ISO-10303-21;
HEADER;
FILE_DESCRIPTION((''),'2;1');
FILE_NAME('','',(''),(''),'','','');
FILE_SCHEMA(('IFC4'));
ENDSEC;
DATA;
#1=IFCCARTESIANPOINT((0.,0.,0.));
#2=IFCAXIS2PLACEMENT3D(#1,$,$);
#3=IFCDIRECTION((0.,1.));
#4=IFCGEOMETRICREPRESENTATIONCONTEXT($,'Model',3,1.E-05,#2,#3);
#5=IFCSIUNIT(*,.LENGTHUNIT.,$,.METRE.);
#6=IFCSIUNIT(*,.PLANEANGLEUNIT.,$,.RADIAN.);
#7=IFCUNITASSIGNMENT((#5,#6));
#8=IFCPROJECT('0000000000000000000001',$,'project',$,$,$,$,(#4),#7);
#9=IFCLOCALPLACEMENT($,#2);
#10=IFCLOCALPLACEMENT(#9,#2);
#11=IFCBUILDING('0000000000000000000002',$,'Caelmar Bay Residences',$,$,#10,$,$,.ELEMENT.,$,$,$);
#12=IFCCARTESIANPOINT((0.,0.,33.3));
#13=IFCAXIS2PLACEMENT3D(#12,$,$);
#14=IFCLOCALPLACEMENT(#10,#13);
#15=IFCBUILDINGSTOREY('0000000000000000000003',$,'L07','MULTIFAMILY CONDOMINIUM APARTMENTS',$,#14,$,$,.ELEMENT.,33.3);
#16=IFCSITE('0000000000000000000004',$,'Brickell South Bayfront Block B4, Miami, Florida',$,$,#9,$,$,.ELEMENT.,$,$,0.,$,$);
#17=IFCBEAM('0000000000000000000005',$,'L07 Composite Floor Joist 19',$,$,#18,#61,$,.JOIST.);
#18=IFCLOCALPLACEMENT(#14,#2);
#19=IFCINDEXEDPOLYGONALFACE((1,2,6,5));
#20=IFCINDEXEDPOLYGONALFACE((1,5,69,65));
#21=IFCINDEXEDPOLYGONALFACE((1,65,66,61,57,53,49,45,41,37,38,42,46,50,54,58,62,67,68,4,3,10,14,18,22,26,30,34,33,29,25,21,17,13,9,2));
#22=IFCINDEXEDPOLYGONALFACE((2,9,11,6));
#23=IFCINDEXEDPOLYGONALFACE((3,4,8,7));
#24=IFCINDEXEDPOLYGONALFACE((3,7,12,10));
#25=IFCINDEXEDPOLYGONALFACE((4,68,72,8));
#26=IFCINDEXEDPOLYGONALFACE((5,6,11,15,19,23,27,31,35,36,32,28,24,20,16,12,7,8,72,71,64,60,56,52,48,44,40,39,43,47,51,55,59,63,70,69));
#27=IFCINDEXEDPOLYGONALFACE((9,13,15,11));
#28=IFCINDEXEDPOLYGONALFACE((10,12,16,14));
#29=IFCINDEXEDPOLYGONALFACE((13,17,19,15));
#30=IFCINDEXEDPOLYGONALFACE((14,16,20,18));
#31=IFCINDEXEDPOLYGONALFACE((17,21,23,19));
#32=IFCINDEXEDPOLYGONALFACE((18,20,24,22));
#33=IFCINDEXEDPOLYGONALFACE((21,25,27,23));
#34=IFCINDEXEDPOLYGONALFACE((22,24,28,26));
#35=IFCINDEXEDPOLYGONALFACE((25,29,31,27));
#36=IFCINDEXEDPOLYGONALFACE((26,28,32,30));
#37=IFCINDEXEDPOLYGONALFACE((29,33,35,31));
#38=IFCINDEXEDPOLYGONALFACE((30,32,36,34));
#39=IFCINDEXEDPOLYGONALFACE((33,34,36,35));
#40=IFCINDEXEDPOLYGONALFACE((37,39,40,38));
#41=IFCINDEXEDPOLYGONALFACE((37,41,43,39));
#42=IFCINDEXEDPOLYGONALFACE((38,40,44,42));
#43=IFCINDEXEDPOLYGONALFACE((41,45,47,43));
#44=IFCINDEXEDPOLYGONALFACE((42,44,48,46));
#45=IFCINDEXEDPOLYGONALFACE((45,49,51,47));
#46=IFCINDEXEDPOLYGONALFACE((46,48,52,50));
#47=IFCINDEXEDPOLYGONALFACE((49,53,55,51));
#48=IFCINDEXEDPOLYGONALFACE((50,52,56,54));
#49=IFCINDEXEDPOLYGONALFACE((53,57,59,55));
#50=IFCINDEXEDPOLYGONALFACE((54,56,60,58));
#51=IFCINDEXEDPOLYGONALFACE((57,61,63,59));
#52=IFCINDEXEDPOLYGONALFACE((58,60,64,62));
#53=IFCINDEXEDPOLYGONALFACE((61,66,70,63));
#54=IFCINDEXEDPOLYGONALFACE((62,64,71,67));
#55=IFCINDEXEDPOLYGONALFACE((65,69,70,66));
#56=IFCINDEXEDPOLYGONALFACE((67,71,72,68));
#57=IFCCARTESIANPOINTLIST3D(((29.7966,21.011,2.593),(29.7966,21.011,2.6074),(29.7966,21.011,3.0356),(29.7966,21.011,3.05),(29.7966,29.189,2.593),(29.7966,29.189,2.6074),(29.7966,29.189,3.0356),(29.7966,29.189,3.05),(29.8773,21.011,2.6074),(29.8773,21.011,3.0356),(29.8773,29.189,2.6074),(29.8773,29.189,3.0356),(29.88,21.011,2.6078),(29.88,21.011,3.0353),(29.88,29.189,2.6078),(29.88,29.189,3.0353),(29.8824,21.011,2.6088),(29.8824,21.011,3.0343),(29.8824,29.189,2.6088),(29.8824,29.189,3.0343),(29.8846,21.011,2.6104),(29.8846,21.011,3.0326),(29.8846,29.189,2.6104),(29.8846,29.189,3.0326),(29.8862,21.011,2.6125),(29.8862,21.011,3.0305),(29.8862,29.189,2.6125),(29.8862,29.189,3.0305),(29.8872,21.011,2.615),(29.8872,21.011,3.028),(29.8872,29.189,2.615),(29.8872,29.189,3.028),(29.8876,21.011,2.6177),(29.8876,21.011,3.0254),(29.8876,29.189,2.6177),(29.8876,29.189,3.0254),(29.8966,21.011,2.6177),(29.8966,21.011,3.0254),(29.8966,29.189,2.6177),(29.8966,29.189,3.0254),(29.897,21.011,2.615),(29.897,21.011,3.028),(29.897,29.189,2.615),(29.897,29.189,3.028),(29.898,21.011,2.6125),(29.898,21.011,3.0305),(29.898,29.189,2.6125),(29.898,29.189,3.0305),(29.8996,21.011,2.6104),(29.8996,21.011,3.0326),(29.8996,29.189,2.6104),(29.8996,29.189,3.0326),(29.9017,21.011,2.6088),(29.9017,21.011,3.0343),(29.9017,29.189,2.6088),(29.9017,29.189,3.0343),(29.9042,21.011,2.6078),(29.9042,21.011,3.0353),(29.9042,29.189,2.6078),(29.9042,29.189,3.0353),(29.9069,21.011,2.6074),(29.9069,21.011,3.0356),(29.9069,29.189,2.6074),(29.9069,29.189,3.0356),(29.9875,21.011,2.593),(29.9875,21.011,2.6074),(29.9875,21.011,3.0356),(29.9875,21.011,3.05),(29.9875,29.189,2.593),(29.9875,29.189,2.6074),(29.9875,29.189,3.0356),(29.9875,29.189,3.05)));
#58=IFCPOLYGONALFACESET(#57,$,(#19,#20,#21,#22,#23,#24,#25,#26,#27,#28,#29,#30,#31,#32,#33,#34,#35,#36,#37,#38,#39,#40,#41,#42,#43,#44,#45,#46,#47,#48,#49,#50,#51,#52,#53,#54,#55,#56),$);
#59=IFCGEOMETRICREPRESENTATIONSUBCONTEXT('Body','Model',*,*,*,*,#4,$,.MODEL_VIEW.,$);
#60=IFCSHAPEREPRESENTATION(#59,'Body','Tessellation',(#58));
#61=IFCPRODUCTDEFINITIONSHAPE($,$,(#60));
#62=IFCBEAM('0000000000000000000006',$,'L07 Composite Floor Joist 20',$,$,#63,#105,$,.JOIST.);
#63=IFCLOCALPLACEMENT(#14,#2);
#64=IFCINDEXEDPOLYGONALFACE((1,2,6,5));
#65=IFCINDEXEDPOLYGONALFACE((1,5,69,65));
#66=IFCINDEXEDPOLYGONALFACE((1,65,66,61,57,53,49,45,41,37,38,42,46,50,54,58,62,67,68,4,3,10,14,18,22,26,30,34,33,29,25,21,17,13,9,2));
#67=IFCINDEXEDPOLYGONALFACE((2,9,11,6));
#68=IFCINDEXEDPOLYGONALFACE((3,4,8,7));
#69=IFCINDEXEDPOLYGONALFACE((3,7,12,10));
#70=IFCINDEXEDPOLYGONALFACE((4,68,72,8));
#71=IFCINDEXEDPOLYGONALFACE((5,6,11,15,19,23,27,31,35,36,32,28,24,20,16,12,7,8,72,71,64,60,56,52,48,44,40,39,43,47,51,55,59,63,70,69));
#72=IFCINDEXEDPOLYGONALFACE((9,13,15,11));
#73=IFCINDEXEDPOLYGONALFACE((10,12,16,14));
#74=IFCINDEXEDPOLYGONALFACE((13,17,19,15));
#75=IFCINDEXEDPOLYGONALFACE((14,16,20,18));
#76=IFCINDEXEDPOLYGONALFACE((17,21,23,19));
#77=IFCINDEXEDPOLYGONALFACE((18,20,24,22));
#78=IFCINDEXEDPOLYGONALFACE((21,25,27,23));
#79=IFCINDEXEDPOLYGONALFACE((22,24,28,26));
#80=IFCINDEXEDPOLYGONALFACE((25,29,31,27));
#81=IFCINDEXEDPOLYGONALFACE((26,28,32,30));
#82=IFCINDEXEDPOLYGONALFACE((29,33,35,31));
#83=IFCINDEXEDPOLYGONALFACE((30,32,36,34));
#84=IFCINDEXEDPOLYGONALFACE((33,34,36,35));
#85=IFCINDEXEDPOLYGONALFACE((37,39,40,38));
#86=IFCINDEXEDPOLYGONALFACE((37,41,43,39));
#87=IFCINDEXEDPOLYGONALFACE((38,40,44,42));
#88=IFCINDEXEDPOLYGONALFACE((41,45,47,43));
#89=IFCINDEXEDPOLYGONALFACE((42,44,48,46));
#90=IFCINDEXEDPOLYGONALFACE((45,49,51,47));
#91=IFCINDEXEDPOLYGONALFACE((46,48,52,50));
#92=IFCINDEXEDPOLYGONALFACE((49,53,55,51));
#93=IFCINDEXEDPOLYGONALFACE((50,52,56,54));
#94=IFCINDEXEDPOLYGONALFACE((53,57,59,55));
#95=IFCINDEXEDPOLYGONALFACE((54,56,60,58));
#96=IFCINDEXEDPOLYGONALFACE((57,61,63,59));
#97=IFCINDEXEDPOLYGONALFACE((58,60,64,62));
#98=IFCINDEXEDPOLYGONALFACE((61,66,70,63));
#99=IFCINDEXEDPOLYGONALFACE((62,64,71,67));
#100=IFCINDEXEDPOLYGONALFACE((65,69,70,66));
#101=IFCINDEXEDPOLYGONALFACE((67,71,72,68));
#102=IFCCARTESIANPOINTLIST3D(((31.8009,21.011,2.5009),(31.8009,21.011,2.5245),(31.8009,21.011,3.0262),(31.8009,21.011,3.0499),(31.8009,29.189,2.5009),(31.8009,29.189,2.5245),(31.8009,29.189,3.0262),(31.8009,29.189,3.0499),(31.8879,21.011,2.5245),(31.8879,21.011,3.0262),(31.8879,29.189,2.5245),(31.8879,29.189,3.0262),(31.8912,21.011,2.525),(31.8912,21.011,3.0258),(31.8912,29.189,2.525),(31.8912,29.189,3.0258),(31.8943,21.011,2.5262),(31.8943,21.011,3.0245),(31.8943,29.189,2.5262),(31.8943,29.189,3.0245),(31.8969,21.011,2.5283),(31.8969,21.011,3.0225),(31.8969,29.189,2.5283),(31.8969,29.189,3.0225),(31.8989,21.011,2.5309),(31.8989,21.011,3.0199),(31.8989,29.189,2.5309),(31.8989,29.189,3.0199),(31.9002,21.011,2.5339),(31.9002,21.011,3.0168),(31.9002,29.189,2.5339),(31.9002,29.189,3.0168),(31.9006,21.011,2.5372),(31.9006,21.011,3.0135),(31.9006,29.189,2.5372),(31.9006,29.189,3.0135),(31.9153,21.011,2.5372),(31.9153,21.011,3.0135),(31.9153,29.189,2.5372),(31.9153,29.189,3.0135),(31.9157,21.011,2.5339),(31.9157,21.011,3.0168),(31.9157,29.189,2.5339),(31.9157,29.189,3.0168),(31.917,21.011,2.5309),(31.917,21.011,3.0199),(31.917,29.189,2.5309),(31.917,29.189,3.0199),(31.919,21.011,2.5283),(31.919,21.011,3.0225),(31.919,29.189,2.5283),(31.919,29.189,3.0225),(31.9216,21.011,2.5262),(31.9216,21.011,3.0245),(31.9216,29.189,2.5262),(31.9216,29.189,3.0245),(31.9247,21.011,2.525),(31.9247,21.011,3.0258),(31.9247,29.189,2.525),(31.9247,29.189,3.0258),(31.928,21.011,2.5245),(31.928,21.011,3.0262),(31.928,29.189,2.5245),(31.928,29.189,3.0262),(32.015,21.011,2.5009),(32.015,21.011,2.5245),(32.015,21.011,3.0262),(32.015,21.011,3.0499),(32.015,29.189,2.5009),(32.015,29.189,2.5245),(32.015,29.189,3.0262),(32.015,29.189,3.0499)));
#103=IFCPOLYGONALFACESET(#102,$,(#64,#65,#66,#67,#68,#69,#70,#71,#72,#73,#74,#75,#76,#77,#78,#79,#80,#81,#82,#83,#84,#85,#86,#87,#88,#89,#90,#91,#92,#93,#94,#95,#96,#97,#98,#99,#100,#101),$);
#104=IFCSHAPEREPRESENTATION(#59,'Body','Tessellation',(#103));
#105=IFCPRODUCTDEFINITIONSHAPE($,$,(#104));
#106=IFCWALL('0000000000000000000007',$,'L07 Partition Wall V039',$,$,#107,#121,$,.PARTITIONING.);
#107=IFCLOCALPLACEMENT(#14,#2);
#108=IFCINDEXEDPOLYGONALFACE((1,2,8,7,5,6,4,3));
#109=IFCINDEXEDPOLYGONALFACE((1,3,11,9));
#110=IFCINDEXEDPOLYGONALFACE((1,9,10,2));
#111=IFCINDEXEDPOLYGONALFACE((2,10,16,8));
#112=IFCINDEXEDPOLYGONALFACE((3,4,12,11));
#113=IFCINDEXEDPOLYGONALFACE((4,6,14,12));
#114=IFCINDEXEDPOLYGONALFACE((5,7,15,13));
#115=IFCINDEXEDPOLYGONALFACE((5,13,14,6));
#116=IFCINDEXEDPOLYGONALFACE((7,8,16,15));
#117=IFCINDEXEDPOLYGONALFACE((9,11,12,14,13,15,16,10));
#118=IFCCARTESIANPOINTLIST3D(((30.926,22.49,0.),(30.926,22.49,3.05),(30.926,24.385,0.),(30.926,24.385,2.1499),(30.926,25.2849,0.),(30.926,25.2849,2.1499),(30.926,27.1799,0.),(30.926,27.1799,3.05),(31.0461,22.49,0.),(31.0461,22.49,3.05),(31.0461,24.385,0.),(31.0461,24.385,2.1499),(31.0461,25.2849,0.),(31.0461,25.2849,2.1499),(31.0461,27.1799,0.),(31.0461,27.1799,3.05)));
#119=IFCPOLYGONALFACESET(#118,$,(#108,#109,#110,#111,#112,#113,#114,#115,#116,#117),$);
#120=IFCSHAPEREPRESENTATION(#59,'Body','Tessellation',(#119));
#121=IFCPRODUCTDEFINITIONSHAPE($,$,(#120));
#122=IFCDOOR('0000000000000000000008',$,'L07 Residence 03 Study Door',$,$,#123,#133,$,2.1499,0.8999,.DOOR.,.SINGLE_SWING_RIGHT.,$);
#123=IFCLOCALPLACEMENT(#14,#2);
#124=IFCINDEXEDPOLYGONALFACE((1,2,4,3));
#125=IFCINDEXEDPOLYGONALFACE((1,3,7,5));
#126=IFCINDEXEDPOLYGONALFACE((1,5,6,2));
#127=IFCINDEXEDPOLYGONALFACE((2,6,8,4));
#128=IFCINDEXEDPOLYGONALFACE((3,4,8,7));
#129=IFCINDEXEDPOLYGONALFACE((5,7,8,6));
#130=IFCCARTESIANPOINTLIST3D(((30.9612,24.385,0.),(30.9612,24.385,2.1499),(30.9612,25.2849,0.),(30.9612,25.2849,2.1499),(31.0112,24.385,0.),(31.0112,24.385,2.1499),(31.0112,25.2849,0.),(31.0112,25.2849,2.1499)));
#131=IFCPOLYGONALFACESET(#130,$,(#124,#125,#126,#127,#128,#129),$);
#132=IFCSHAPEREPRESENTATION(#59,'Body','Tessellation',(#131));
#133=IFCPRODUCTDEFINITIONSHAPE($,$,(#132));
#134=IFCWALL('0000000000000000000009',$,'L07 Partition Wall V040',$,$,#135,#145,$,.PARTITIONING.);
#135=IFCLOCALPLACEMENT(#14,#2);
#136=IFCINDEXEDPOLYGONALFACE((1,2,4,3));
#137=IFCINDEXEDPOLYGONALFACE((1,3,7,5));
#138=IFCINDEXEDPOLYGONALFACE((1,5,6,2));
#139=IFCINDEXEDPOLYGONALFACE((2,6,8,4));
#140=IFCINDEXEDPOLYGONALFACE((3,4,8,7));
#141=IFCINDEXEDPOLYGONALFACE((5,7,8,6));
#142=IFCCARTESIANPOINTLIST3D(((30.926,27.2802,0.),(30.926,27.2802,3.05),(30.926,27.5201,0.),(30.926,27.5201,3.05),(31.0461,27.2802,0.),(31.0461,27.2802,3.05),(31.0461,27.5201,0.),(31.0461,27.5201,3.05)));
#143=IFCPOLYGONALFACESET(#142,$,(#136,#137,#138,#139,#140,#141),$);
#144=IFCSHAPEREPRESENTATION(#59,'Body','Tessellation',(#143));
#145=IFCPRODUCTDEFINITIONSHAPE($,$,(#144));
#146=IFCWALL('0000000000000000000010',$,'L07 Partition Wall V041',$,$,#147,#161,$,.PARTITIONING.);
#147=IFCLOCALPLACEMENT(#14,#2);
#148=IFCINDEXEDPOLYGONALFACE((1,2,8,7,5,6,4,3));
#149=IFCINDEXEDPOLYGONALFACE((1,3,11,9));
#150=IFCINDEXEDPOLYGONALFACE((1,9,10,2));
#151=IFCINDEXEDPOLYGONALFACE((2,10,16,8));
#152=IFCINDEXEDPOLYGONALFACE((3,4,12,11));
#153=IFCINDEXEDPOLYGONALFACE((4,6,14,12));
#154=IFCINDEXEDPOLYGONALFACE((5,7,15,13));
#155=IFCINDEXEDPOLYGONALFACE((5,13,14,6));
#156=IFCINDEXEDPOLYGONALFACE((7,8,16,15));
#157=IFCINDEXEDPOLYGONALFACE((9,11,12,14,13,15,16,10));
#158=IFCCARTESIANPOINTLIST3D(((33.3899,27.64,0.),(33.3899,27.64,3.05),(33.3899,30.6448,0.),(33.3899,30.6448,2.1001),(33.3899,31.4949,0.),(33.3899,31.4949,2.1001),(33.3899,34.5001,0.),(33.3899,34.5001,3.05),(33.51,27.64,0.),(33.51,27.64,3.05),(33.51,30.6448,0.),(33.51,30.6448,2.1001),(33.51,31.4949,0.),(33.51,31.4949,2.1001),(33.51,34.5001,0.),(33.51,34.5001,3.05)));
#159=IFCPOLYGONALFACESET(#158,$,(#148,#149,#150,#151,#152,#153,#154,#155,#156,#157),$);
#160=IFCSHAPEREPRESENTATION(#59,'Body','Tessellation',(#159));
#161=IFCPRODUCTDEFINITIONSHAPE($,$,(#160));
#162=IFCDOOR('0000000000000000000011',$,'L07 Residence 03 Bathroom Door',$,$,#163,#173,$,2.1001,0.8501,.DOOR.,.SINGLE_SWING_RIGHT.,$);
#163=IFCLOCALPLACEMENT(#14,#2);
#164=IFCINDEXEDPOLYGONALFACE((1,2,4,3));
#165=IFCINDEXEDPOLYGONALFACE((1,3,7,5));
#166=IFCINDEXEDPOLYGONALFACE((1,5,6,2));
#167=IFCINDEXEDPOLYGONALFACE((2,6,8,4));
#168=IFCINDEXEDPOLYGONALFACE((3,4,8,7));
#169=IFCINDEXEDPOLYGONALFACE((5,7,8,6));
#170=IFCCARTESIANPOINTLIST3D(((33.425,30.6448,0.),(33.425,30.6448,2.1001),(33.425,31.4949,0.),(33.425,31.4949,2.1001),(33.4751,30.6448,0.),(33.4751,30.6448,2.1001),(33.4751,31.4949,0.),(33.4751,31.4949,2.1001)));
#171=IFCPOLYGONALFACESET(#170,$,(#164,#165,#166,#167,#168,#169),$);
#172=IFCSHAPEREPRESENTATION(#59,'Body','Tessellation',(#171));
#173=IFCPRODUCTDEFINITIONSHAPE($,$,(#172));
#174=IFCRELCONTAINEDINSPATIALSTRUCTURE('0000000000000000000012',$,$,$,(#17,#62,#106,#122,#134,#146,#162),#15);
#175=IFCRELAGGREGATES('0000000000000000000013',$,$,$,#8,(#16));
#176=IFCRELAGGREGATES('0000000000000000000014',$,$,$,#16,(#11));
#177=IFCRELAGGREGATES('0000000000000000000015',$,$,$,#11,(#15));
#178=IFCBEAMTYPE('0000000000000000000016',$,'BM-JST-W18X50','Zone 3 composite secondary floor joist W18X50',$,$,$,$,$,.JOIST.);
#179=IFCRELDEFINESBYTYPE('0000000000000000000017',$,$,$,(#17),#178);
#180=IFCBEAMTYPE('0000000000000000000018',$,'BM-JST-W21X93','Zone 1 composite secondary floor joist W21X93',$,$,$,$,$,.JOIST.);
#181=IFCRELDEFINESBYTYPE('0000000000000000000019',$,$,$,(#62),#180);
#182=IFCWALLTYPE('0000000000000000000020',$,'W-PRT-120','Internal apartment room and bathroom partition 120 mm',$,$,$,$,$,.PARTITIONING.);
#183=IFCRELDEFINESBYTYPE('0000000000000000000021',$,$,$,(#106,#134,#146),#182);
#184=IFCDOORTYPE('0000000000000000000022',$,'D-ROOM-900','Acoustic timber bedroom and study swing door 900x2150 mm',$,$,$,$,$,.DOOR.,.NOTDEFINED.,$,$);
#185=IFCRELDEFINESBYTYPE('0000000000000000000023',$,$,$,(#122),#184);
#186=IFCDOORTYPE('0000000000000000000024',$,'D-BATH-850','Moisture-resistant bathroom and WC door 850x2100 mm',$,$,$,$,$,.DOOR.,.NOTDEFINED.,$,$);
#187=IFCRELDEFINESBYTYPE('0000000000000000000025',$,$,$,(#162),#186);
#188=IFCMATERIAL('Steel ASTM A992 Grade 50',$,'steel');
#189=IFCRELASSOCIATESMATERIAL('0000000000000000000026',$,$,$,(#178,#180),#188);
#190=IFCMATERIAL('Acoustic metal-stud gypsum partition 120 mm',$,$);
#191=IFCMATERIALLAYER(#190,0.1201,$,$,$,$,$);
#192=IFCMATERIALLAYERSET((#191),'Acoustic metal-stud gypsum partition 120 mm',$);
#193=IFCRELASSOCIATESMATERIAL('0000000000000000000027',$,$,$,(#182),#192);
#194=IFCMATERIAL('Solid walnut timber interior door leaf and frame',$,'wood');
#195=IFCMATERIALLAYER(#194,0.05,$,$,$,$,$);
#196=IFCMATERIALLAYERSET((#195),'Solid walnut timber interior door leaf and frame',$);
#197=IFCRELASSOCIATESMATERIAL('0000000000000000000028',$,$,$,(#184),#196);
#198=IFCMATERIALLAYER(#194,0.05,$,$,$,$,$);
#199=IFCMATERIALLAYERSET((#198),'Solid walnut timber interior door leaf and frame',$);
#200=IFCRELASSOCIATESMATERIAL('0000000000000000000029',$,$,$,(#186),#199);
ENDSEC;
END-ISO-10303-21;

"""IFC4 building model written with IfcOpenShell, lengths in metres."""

from ifc_helpers import new_model, si_unit, direction, frame, frame_2d, origin, origin_2d, place, context, subcontext, project, spatial, rectangle, i_section, extrude, material, layer, layer_set, material_profile, profile_set, type_object, element, fill, save


model = new_model("IFC4")

# Units and contexts
model_context = context("Model", 3, precision=1e-05, world=origin(), true_north=direction((0.0, 1.0)))
body_context = subcontext(model_context, "Body", "Model", "MODEL_VIEW")
ifc_project = project(units=[si_unit("LENGTHUNIT", "METRE"), si_unit("PLANEANGLEUNIT", "RADIAN")], contexts=[model_context])

# Site, building, storey
site_placement = place(None, origin())
site = spatial("IfcSite", under=ifc_project, at=site_placement, Name="Brickell South Bayfront Block B4, Miami, Florida", CompositionType="ELEMENT", RefElevation=0.0)
building_placement = place(site_placement, origin())
building = spatial("IfcBuilding", under=site, at=building_placement, Name="Caelmar Bay Residences", CompositionType="ELEMENT")
storey_placement = place(building_placement, frame((0.0, 0.0, 33.3)))
storey = spatial("IfcBuildingStorey", under=building, at=storey_placement, Name="L07", Description="MULTIFAMILY CONDOMINIUM APARTMENTS", CompositionType="ELEMENT", Elevation=33.3)

# Beams
ifc_material_1 = material(Name="Steel ASTM A992 Grade 50", Category="steel")
ifc_material_profile_1 = material_profile(ifc_material_1, i_section(OverallWidth=0.1909, OverallDepth=0.457, WebThickness=0.009, FlangeThickness=0.0144, FilletRadius=0.0103, at=origin_2d()), Name="W18X50")
ifc_profile_set_1 = profile_set([ifc_material_profile_1], Name="Steel ASTM A992 Grade 50")
beam_type_1 = type_object("IfcBeamType", Name="BM-JST-W18X50", Description="Zone 3 composite secondary floor joist W18X50", PredefinedType="JOIST", material=ifc_profile_set_1)
beam_1_placement = place(storey_placement, frame((29.8921, 21.011, 2.8215), z_axis=(0.0, 1.0, 0.0), x_axis=(-1.0, 0.0, 0.0)))
element("IfcBeam", 1, at=beam_1_placement, inside=storey, type_object=beam_type_1, Name="L07 Composite Floor Joist 19", PredefinedType="JOIST", context=body_context, shape_type="SweptSolid", body=[
    extrude(i_section(OverallWidth=0.1909, OverallDepth=0.457, WebThickness=0.009, FlangeThickness=0.0144, FilletRadius=0.0103, at=origin_2d()), origin(), (0.0, 0.0, 1.0), 8.178),
])
ifc_material_profile_2 = material_profile(ifc_material_1, i_section(OverallWidth=0.2141, OverallDepth=0.5491, WebThickness=0.0146, FlangeThickness=0.0237, FilletRadius=0.0127, at=origin_2d()), Name="W21X93")
ifc_profile_set_2 = profile_set([ifc_material_profile_2], Name="Steel ASTM A992 Grade 50")
beam_type_2 = type_object("IfcBeamType", Name="BM-JST-W21X93", Description="Zone 1 composite secondary floor joist W21X93", PredefinedType="JOIST", material=ifc_profile_set_2)
beam_2_placement = place(storey_placement, frame((31.908, 21.011, 2.7754), z_axis=(0.0, 1.0, 0.0), x_axis=(-1.0, 0.0, 0.0)))
element("IfcBeam", 2, at=beam_2_placement, inside=storey, type_object=beam_type_2, Name="L07 Composite Floor Joist 20", PredefinedType="JOIST", context=body_context, shape_type="SweptSolid", body=[
    extrude(i_section(OverallWidth=0.2141, OverallDepth=0.5491, WebThickness=0.0146, FlangeThickness=0.0237, FilletRadius=0.0127, at=origin_2d()), origin(), (0.0, 0.0, 1.0), 8.178),
])

# Wall, opening, door
ifc_material_2 = material(Name="Acoustic metal-stud gypsum partition 120 mm")
ifc_layer_1 = layer(ifc_material_2, 0.1201)
ifc_layer_set_1 = layer_set([ifc_layer_1], Name="Acoustic metal-stud gypsum partition 120 mm")
wall_type_1 = type_object("IfcWallType", Name="W-PRT-120", Description="Internal apartment room and bathroom partition 120 mm", PredefinedType="PARTITIONING", material=ifc_layer_set_1)
wall_1_placement = place(storey_placement, frame((30.9861, 22.49, 0.0), z_axis=(0.0, 0.0, 1.0), x_axis=(0.0, 1.0, 0.0)))
wall_1 = element("IfcWall", 3, at=wall_1_placement, inside=storey, type_object=wall_type_1, Name="L07 Partition Wall V039", PredefinedType="PARTITIONING", context=body_context, shape_type="SweptSolid", body=[
    extrude(rectangle(XDim=4.6899, YDim=0.1201, at=frame_2d((2.345, 0.0))), origin(), (0.0, 0.0, 1.0), 3.05),
])
opening_1_placement = place(wall_1_placement, frame((1.895, 0.0, 0.0)))
opening_1 = element("IfcOpeningElement", 4, at=opening_1_placement, cuts=wall_1, PredefinedType="OPENING", context=body_context, shape_type="SweptSolid", body=[
    extrude(rectangle(XDim=0.8999, YDim=2.1499, at=frame_2d((0.45, 1.075))), frame((0.0, 0.0701, 0.0), z_axis=(0.0, -1.0, 0.0), x_axis=(1.0, 0.0, 0.0)), (0.0, 0.0, 1.0), 0.1401),
])
ifc_material_3 = material(Name="Solid walnut timber interior door leaf and frame", Category="wood")
ifc_layer_2 = layer(ifc_material_3, 0.05)
ifc_layer_set_2 = layer_set([ifc_layer_2], Name="Solid walnut timber interior door leaf and frame")
door_type_1 = type_object("IfcDoorType", Name="D-ROOM-900", Description="Acoustic timber bedroom and study swing door 900x2150 mm", OperationType="NOTDEFINED", PredefinedType="DOOR", material=ifc_layer_set_2)
door_1_placement = place(opening_1_placement, origin())
door_1 = element("IfcDoor", 5, at=door_1_placement, inside=storey, type_object=door_type_1, Name="L07 Residence 03 Study Door", OperationType="SINGLE_SWING_RIGHT", OverallHeight=2.1499, OverallWidth=0.8999, PredefinedType="DOOR", context=body_context, shape_type="SweptSolid", body=[
    extrude(rectangle(XDim=0.8999, YDim=2.1499, at=frame_2d((0.45, 1.075))), frame((0.0, 0.0249, 0.0), z_axis=(0.0, -1.0, 0.0), x_axis=(1.0, 0.0, 0.0)), (0.0, 0.0, 1.0), 0.05),
])
fill(opening_1, door_1)

# Wall
wall_2_placement = place(storey_placement, frame((30.9861, 27.28, 0.0), z_axis=(0.0, 0.0, 1.0), x_axis=(0.0, 1.0, 0.0)))
element("IfcWall", 6, at=wall_2_placement, inside=storey, type_object=wall_type_1, Name="L07 Partition Wall V040", PredefinedType="PARTITIONING", context=body_context, shape_type="SweptSolid", body=[
    extrude(rectangle(XDim=0.24, YDim=0.1201, at=frame_2d((0.1201, 0.0))), origin(), (0.0, 0.0, 1.0), 3.05),
])

# Wall, opening, door
wall_3_placement = place(storey_placement, frame((33.45, 27.6399, 0.0), z_axis=(0.0, 0.0, 1.0), x_axis=(0.0, 1.0, 0.0)))
wall_3 = element("IfcWall", 7, at=wall_3_placement, inside=storey, type_object=wall_type_1, Name="L07 Partition Wall V041", PredefinedType="PARTITIONING", context=body_context, shape_type="SweptSolid", body=[
    extrude(rectangle(XDim=6.8601, YDim=0.1201, at=frame_2d((3.4302, 0.0))), origin(), (0.0, 0.0, 1.0), 3.05),
])
opening_2_placement = place(wall_3_placement, frame((3.0049, 0.0, 0.0)))
opening_2 = element("IfcOpeningElement", 8, at=opening_2_placement, cuts=wall_3, PredefinedType="OPENING", context=body_context, shape_type="SweptSolid", body=[
    extrude(rectangle(XDim=0.8501, YDim=2.1001, at=frame_2d((0.425, 1.05))), frame((0.0, 0.0701, 0.0), z_axis=(0.0, -1.0, 0.0), x_axis=(1.0, 0.0, 0.0)), (0.0, 0.0, 1.0), 0.1401),
])
ifc_layer_3 = layer(ifc_material_3, 0.05)
ifc_layer_set_3 = layer_set([ifc_layer_3], Name="Solid walnut timber interior door leaf and frame")
door_type_2 = type_object("IfcDoorType", Name="D-BATH-850", Description="Moisture-resistant bathroom and WC door 850x2100 mm", OperationType="NOTDEFINED", PredefinedType="DOOR", material=ifc_layer_set_3)
door_2_placement = place(opening_2_placement, origin())
door_2 = element("IfcDoor", 9, at=door_2_placement, inside=storey, type_object=door_type_2, Name="L07 Residence 03 Bathroom Door", OperationType="SINGLE_SWING_RIGHT", OverallHeight=2.1001, OverallWidth=0.8501, PredefinedType="DOOR", context=body_context, shape_type="SweptSolid", body=[
    extrude(rectangle(XDim=0.8501, YDim=2.1001, at=frame_2d((0.425, 1.05))), frame((0.0, 0.0249, 0.0), z_axis=(0.0, -1.0, 0.0), x_axis=(1.0, 0.0, 0.0)), (0.0, 0.0, 1.0), 0.05),
])
fill(opening_2, door_2)

save(model, "model.ifc")
